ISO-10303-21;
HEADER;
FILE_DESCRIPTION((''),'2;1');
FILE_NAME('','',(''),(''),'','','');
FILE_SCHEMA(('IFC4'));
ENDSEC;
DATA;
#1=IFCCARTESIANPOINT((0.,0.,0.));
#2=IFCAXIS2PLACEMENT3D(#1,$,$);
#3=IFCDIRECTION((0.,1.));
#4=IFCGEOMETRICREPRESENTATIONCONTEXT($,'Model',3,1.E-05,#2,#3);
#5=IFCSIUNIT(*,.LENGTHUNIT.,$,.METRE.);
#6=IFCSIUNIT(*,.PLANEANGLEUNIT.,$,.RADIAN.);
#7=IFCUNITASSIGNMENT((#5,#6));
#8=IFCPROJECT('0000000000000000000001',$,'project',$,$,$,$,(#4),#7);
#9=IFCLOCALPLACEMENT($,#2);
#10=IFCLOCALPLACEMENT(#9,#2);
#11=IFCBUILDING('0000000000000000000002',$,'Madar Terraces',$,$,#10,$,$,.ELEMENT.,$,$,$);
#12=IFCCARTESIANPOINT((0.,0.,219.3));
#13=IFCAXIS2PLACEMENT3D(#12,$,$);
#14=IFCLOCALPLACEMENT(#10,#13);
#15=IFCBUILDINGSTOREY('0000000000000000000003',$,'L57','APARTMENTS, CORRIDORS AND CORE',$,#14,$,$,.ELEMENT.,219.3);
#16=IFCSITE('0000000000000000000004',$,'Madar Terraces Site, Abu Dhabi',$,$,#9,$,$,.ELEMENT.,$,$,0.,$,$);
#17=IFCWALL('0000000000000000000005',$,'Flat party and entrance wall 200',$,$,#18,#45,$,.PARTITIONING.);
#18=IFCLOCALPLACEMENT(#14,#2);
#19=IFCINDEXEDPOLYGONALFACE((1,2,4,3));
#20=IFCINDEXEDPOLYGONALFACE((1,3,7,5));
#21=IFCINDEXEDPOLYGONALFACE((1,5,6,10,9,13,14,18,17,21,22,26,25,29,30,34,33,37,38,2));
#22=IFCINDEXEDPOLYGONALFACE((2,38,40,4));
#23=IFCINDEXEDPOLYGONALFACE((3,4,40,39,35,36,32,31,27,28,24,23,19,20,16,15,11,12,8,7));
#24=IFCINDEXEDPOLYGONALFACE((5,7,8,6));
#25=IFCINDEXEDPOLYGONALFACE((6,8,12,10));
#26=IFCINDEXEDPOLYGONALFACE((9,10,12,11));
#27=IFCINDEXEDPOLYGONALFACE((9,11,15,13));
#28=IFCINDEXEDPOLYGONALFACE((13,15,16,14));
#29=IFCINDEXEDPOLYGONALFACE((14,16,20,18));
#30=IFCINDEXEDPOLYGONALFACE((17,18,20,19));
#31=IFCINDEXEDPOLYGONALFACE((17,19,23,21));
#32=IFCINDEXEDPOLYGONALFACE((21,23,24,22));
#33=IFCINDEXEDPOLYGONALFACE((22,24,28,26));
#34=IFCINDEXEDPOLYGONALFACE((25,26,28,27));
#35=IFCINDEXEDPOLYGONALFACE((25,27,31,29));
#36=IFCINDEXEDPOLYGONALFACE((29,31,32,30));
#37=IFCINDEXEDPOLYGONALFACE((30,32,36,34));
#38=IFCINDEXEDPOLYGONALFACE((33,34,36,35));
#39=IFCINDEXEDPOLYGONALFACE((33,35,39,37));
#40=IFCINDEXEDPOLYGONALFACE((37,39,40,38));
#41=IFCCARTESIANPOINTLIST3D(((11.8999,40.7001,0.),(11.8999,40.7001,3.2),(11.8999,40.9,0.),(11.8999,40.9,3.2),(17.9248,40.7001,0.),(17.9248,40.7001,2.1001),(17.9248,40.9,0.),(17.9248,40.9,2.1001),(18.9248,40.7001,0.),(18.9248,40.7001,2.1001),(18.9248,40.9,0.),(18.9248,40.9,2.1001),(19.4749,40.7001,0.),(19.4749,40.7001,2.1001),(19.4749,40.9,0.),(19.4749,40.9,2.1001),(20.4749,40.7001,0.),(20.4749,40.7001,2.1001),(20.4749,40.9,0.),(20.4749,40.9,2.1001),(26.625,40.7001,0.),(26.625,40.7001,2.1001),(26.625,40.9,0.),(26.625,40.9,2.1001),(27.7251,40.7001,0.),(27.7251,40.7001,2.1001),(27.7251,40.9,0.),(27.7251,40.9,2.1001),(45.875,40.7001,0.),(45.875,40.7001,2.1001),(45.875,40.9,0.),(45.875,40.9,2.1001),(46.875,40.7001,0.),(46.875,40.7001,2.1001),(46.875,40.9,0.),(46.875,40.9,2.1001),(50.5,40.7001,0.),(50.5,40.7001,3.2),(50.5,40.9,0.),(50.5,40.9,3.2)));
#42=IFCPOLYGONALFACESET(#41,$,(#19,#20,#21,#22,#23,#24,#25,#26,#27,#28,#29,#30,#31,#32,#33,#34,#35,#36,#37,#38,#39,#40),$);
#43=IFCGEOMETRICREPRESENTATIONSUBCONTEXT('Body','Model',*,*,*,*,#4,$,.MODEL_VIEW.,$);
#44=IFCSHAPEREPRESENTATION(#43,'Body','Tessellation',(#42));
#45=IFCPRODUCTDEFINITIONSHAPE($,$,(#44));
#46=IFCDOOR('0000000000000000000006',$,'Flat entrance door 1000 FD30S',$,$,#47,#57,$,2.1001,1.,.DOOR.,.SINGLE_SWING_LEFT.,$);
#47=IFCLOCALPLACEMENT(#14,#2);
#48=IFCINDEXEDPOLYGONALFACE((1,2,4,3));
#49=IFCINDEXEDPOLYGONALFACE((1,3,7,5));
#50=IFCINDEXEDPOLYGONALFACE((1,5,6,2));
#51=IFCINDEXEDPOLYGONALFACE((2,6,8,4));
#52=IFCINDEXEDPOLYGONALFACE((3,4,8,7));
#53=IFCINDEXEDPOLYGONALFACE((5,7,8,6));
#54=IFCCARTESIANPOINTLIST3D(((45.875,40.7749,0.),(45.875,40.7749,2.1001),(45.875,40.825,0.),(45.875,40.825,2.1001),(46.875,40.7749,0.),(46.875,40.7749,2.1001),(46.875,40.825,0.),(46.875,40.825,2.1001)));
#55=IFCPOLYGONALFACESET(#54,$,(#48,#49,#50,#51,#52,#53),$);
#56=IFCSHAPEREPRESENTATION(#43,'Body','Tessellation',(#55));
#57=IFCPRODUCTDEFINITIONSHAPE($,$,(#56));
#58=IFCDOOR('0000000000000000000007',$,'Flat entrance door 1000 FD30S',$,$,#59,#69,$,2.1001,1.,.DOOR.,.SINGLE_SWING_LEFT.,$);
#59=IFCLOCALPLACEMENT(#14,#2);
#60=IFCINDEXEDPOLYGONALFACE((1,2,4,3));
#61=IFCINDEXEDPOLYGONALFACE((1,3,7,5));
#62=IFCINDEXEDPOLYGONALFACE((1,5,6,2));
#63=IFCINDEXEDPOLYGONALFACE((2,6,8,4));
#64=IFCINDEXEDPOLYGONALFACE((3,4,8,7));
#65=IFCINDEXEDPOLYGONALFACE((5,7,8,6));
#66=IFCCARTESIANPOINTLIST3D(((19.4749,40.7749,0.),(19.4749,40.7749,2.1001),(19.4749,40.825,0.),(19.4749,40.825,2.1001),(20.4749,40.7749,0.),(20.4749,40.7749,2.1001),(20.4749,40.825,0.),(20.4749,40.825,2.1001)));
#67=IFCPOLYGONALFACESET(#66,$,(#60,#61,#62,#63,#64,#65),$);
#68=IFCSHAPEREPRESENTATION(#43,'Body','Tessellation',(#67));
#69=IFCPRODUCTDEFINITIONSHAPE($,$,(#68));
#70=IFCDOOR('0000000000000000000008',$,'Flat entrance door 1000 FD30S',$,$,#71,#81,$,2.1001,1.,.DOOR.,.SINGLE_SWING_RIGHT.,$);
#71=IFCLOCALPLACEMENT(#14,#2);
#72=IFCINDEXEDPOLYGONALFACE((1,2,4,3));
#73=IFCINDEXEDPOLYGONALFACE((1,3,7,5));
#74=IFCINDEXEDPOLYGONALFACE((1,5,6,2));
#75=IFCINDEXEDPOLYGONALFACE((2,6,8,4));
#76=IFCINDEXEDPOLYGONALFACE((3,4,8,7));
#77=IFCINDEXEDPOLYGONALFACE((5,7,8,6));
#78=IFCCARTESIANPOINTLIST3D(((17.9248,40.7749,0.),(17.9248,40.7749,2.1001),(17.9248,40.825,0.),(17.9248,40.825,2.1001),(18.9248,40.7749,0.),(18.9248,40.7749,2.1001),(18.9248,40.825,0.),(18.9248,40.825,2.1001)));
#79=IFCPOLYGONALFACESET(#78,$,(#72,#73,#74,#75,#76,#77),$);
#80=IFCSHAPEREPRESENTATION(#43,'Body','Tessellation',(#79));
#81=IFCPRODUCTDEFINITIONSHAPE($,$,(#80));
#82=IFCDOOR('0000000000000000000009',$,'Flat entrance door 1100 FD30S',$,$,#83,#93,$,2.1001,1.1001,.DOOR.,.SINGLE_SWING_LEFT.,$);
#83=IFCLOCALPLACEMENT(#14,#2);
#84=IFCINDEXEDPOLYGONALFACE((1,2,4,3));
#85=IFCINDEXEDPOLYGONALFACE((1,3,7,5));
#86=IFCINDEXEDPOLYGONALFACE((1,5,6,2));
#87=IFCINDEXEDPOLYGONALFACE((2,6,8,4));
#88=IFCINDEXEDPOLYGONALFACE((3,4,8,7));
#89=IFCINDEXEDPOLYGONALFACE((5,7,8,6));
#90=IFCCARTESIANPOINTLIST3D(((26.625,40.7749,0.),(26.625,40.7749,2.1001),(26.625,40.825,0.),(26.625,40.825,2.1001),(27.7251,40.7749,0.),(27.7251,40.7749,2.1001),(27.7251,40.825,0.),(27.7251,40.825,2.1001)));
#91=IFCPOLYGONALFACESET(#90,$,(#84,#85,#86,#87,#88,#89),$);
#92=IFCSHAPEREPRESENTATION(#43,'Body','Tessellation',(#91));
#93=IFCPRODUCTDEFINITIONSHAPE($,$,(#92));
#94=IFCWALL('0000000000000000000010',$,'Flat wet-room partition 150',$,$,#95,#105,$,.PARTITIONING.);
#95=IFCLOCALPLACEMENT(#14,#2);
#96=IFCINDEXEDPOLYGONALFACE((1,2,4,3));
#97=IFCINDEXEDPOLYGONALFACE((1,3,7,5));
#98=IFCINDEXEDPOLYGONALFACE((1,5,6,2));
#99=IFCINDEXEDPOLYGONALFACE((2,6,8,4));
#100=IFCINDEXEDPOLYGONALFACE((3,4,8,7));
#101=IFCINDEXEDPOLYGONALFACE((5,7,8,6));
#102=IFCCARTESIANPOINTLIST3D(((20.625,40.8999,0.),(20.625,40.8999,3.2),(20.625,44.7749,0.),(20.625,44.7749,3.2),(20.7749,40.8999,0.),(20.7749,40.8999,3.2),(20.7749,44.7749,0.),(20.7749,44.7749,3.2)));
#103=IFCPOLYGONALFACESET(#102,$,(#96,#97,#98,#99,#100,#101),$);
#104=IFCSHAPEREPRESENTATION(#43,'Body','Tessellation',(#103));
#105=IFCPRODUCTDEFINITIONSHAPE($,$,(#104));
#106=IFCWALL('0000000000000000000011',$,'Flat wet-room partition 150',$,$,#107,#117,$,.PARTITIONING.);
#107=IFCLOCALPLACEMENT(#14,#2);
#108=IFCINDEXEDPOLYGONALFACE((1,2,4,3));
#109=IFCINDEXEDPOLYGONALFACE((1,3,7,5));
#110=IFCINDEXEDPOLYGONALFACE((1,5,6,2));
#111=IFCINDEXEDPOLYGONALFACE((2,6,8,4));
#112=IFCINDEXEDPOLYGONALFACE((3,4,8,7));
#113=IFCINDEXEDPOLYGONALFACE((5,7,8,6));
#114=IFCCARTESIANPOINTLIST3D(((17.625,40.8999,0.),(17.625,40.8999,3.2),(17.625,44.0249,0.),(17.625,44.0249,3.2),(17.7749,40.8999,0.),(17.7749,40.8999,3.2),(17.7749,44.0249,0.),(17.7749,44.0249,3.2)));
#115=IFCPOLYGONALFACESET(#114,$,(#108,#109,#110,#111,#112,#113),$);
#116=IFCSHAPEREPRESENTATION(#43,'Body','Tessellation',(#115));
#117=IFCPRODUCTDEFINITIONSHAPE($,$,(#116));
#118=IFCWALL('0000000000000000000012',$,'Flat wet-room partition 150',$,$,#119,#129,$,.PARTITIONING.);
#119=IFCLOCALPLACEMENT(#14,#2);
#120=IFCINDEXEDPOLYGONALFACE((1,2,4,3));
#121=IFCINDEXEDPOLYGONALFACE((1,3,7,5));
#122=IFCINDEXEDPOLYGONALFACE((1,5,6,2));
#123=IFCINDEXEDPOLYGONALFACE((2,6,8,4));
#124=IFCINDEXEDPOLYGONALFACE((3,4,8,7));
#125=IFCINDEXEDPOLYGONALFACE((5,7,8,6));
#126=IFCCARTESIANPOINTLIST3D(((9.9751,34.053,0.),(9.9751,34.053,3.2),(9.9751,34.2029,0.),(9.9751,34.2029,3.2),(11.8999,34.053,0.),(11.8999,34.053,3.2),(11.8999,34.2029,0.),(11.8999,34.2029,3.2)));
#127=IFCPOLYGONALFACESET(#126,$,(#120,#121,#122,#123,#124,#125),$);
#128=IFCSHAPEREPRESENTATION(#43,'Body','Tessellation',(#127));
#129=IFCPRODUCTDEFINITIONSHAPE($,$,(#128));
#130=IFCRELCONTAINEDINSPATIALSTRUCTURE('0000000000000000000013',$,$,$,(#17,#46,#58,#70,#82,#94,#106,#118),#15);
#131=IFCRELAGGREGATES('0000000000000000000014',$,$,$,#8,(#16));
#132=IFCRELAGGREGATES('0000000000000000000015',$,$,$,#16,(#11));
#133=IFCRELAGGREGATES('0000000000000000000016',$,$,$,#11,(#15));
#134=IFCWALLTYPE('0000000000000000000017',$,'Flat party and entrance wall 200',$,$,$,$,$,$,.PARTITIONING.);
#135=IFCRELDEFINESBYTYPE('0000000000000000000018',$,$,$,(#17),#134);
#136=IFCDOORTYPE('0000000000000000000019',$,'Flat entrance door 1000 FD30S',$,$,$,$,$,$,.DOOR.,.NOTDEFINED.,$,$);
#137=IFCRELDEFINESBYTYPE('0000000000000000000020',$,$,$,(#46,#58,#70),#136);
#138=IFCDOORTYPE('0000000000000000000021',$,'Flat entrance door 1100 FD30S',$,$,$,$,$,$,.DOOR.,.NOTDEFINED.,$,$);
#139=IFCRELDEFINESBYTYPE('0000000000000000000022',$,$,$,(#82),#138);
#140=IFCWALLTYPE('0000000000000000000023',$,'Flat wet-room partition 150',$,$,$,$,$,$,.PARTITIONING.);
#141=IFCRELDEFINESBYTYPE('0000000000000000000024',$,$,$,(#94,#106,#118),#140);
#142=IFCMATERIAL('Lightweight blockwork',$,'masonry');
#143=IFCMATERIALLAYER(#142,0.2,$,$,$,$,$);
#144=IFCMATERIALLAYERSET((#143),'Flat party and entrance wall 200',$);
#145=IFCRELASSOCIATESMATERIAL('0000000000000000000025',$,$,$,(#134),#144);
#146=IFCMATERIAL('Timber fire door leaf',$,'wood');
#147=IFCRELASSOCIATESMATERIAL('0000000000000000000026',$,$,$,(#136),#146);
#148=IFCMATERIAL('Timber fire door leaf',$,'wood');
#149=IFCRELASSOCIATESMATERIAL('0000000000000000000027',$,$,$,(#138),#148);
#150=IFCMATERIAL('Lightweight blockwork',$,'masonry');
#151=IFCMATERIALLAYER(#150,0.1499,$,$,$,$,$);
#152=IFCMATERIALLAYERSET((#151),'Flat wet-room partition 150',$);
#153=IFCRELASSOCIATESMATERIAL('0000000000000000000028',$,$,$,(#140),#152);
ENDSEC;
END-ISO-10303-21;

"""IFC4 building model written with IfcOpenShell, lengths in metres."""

from ifc_helpers import new_model, si_unit, direction, frame, frame_2d, origin, place, context, subcontext, project, spatial, rectangle, extrude, material, layer, layer_set, type_object, element, fill, save


model = new_model("IFC4")

# Units and contexts
model_context = context("Model", 3, precision=1e-05, world=origin(), true_north=direction((0.0, 1.0)))
body_context = subcontext(model_context, "Body", "Model", "MODEL_VIEW")
ifc_project = project(units=[si_unit("LENGTHUNIT", "METRE"), si_unit("PLANEANGLEUNIT", "RADIAN")], contexts=[model_context])

# Site, building, storey
site_placement = place(None, origin())
site = spatial("IfcSite", under=ifc_project, at=site_placement, Name="Madar Terraces Site, Abu Dhabi", CompositionType="ELEMENT", RefElevation=0.0)
building_placement = place(site_placement, origin())
building = spatial("IfcBuilding", under=site, at=building_placement, Name="Madar Terraces", CompositionType="ELEMENT")
storey_placement = place(building_placement, frame((0.0, 0.0, 219.3)))
storey = spatial("IfcBuildingStorey", under=building, at=storey_placement, Name="L57", Description="APARTMENTS, CORRIDORS AND CORE", CompositionType="ELEMENT", Elevation=219.3)

# Wall, openings, doors
ifc_material_1 = material(Name="Lightweight blockwork", Category="masonry")
ifc_layer_1 = layer(ifc_material_1, 0.2)
ifc_layer_set_1 = layer_set([ifc_layer_1], Name="Flat party and entrance wall 200")
wall_type_1 = type_object("IfcWallType", Name="Flat party and entrance wall 200", PredefinedType="PARTITIONING", material=ifc_layer_set_1)
wall_1_placement = place(storey_placement, frame((11.8999, 40.8, 0.0), z_axis=(0.0, 0.0, 1.0), x_axis=(1.0, 0.0, 0.0)))
wall_1 = element("IfcWall", 1, at=wall_1_placement, inside=storey, type_object=wall_type_1, Name="Flat party and entrance wall 200", PredefinedType="PARTITIONING", context=body_context, shape_type="SweptSolid", body=[
    extrude(rectangle(XDim=38.6001, YDim=0.2, at=frame_2d((19.3, 0.0))), origin(), (0.0, 0.0, 1.0), 3.2),
])
opening_1_placement = place(wall_1_placement, frame((33.9751, 0.0, 0.0)))
opening_1 = element("IfcOpeningElement", 2, at=opening_1_placement, cuts=wall_1, PredefinedType="OPENING", context=body_context, shape_type="SweptSolid", body=[
    extrude(rectangle(XDim=1.0, YDim=2.1001, at=frame_2d((0.5, 1.05))), frame((0.0, 0.1099, 0.0), z_axis=(0.0, -1.0, 0.0), x_axis=(1.0, 0.0, 0.0)), (0.0, 0.0, 1.0), 0.22),
])
opening_2_placement = place(wall_1_placement, frame((14.7251, 0.0, 0.0)))
opening_2 = element("IfcOpeningElement", 3, at=opening_2_placement, cuts=wall_1, PredefinedType="OPENING", context=body_context, shape_type="SweptSolid", body=[
    extrude(rectangle(XDim=1.1001, YDim=2.1001, at=frame_2d((0.55, 1.05))), frame((0.0, 0.1099, 0.0), z_axis=(0.0, -1.0, 0.0), x_axis=(1.0, 0.0, 0.0)), (0.0, 0.0, 1.0), 0.22),
])
opening_3_placement = place(wall_1_placement, frame((7.575, 0.0, 0.0)))
opening_3 = element("IfcOpeningElement", 4, at=opening_3_placement, cuts=wall_1, PredefinedType="OPENING", context=body_context, shape_type="SweptSolid", body=[
    extrude(rectangle(XDim=1.0, YDim=2.1001, at=frame_2d((0.5, 1.05))), frame((0.0, 0.1099, 0.0), z_axis=(0.0, -1.0, 0.0), x_axis=(1.0, 0.0, 0.0)), (0.0, 0.0, 1.0), 0.22),
])
opening_4_placement = place(wall_1_placement, frame((6.0249, 0.0, 0.0)))
opening_4 = element("IfcOpeningElement", 5, at=opening_4_placement, cuts=wall_1, PredefinedType="OPENING", context=body_context, shape_type="SweptSolid", body=[
    extrude(rectangle(XDim=1.0, YDim=2.1001, at=frame_2d((0.5, 1.05))), frame((0.0, 0.1099, 0.0), z_axis=(0.0, -1.0, 0.0), x_axis=(1.0, 0.0, 0.0)), (0.0, 0.0, 1.0), 0.22),
])
ifc_material_2 = material(Name="Timber fire door leaf", Category="wood")
door_type_1 = type_object("IfcDoorType", Name="Flat entrance door 1000 FD30S", OperationType="NOTDEFINED", PredefinedType="DOOR", material=ifc_material_2)
door_1_placement = place(opening_1_placement, origin())
door_1 = element("IfcDoor", 6, at=door_1_placement, inside=storey, type_object=door_type_1, Name="Flat entrance door 1000 FD30S", OperationType="SINGLE_SWING_LEFT", OverallHeight=2.1001, OverallWidth=1.0, PredefinedType="DOOR", context=body_context, shape_type="SweptSolid", body=[
    extrude(rectangle(XDim=1.0, YDim=2.1001, at=frame_2d((0.5, 1.05))), frame((0.0, 0.0249, 0.0), z_axis=(0.0, -1.0, 0.0), x_axis=(1.0, 0.0, 0.0)), (0.0, 0.0, 1.0), 0.05),
])
fill(opening_1, door_1)
door_2_placement = place(opening_3_placement, origin())
door_2 = element("IfcDoor", 7, at=door_2_placement, inside=storey, type_object=door_type_1, Name="Flat entrance door 1000 FD30S", OperationType="SINGLE_SWING_LEFT", OverallHeight=2.1001, OverallWidth=1.0, PredefinedType="DOOR", context=body_context, shape_type="SweptSolid", body=[
    extrude(rectangle(XDim=1.0, YDim=2.1001, at=frame_2d((0.5, 1.05))), frame((0.0, 0.0249, 0.0), z_axis=(0.0, -1.0, 0.0), x_axis=(1.0, 0.0, 0.0)), (0.0, 0.0, 1.0), 0.05),
])
fill(opening_3, door_2)
door_3_placement = place(opening_4_placement, origin())
door_3 = element("IfcDoor", 8, at=door_3_placement, inside=storey, type_object=door_type_1, Name="Flat entrance door 1000 FD30S", OperationType="SINGLE_SWING_RIGHT", OverallHeight=2.1001, OverallWidth=1.0, PredefinedType="DOOR", context=body_context, shape_type="SweptSolid", body=[
    extrude(rectangle(XDim=1.0, YDim=2.1001, at=frame_2d((0.5, 1.05))), frame((0.0, 0.0249, 0.0), z_axis=(0.0, -1.0, 0.0), x_axis=(1.0, 0.0, 0.0)), (0.0, 0.0, 1.0), 0.05),
])
fill(opening_4, door_3)
ifc_material_3 = material(Name="Timber fire door leaf", Category="wood")
door_type_2 = type_object("IfcDoorType", Name="Flat entrance door 1100 FD30S", OperationType="NOTDEFINED", PredefinedType="DOOR", material=ifc_material_3)
door_4_placement = place(opening_2_placement, origin())
door_4 = element("IfcDoor", 9, at=door_4_placement, inside=storey, type_object=door_type_2, Name="Flat entrance door 1100 FD30S", OperationType="SINGLE_SWING_LEFT", OverallHeight=2.1001, OverallWidth=1.1001, PredefinedType="DOOR", context=body_context, shape_type="SweptSolid", body=[
    extrude(rectangle(XDim=1.1001, YDim=2.1001, at=frame_2d((0.55, 1.05))), frame((0.0, 0.0249, 0.0), z_axis=(0.0, -1.0, 0.0), x_axis=(1.0, 0.0, 0.0)), (0.0, 0.0, 1.0), 0.05),
])
fill(opening_2, door_4)

# Walls
ifc_material_4 = material(Name="Lightweight blockwork", Category="masonry")
ifc_layer_2 = layer(ifc_material_4, 0.1499)
ifc_layer_set_2 = layer_set([ifc_layer_2], Name="Flat wet-room partition 150")
wall_type_2 = type_object("IfcWallType", Name="Flat wet-room partition 150", PredefinedType="PARTITIONING", material=ifc_layer_set_2)
wall_2_placement = place(storey_placement, frame((20.7, 40.8999, 0.0), z_axis=(0.0, 0.0, 1.0), x_axis=(0.0, 1.0, 0.0)))
element("IfcWall", 10, at=wall_2_placement, inside=storey, type_object=wall_type_2, Name="Flat wet-room partition 150", PredefinedType="PARTITIONING", context=body_context, shape_type="SweptSolid", body=[
    extrude(rectangle(XDim=3.875, YDim=0.1499, at=frame_2d((1.9375, 0.0))), origin(), (0.0, 0.0, 1.0), 3.2),
])
wall_3_placement = place(storey_placement, frame((17.7, 40.8999, 0.0), z_axis=(0.0, 0.0, 1.0), x_axis=(0.0, 1.0, 0.0)))
element("IfcWall", 11, at=wall_3_placement, inside=storey, type_object=wall_type_2, Name="Flat wet-room partition 150", PredefinedType="PARTITIONING", context=body_context, shape_type="SweptSolid", body=[
    extrude(rectangle(XDim=3.125, YDim=0.1499, at=frame_2d((1.5625, 0.0))), origin(), (0.0, 0.0, 1.0), 3.2),
])
wall_4_placement = place(storey_placement, frame((11.8999, 34.1279, 0.0), z_axis=(0.0, 0.0, 1.0), x_axis=(-1.0, 0.0, 0.0)))
element("IfcWall", 12, at=wall_4_placement, inside=storey, type_object=wall_type_2, Name="Flat wet-room partition 150", PredefinedType="PARTITIONING", context=body_context, shape_type="SweptSolid", body=[
    extrude(rectangle(XDim=1.9248, YDim=0.1499, at=frame_2d((0.9624, 0.0))), origin(), (0.0, 0.0, 1.0), 3.2),
])

save(model, "model.ifc")
